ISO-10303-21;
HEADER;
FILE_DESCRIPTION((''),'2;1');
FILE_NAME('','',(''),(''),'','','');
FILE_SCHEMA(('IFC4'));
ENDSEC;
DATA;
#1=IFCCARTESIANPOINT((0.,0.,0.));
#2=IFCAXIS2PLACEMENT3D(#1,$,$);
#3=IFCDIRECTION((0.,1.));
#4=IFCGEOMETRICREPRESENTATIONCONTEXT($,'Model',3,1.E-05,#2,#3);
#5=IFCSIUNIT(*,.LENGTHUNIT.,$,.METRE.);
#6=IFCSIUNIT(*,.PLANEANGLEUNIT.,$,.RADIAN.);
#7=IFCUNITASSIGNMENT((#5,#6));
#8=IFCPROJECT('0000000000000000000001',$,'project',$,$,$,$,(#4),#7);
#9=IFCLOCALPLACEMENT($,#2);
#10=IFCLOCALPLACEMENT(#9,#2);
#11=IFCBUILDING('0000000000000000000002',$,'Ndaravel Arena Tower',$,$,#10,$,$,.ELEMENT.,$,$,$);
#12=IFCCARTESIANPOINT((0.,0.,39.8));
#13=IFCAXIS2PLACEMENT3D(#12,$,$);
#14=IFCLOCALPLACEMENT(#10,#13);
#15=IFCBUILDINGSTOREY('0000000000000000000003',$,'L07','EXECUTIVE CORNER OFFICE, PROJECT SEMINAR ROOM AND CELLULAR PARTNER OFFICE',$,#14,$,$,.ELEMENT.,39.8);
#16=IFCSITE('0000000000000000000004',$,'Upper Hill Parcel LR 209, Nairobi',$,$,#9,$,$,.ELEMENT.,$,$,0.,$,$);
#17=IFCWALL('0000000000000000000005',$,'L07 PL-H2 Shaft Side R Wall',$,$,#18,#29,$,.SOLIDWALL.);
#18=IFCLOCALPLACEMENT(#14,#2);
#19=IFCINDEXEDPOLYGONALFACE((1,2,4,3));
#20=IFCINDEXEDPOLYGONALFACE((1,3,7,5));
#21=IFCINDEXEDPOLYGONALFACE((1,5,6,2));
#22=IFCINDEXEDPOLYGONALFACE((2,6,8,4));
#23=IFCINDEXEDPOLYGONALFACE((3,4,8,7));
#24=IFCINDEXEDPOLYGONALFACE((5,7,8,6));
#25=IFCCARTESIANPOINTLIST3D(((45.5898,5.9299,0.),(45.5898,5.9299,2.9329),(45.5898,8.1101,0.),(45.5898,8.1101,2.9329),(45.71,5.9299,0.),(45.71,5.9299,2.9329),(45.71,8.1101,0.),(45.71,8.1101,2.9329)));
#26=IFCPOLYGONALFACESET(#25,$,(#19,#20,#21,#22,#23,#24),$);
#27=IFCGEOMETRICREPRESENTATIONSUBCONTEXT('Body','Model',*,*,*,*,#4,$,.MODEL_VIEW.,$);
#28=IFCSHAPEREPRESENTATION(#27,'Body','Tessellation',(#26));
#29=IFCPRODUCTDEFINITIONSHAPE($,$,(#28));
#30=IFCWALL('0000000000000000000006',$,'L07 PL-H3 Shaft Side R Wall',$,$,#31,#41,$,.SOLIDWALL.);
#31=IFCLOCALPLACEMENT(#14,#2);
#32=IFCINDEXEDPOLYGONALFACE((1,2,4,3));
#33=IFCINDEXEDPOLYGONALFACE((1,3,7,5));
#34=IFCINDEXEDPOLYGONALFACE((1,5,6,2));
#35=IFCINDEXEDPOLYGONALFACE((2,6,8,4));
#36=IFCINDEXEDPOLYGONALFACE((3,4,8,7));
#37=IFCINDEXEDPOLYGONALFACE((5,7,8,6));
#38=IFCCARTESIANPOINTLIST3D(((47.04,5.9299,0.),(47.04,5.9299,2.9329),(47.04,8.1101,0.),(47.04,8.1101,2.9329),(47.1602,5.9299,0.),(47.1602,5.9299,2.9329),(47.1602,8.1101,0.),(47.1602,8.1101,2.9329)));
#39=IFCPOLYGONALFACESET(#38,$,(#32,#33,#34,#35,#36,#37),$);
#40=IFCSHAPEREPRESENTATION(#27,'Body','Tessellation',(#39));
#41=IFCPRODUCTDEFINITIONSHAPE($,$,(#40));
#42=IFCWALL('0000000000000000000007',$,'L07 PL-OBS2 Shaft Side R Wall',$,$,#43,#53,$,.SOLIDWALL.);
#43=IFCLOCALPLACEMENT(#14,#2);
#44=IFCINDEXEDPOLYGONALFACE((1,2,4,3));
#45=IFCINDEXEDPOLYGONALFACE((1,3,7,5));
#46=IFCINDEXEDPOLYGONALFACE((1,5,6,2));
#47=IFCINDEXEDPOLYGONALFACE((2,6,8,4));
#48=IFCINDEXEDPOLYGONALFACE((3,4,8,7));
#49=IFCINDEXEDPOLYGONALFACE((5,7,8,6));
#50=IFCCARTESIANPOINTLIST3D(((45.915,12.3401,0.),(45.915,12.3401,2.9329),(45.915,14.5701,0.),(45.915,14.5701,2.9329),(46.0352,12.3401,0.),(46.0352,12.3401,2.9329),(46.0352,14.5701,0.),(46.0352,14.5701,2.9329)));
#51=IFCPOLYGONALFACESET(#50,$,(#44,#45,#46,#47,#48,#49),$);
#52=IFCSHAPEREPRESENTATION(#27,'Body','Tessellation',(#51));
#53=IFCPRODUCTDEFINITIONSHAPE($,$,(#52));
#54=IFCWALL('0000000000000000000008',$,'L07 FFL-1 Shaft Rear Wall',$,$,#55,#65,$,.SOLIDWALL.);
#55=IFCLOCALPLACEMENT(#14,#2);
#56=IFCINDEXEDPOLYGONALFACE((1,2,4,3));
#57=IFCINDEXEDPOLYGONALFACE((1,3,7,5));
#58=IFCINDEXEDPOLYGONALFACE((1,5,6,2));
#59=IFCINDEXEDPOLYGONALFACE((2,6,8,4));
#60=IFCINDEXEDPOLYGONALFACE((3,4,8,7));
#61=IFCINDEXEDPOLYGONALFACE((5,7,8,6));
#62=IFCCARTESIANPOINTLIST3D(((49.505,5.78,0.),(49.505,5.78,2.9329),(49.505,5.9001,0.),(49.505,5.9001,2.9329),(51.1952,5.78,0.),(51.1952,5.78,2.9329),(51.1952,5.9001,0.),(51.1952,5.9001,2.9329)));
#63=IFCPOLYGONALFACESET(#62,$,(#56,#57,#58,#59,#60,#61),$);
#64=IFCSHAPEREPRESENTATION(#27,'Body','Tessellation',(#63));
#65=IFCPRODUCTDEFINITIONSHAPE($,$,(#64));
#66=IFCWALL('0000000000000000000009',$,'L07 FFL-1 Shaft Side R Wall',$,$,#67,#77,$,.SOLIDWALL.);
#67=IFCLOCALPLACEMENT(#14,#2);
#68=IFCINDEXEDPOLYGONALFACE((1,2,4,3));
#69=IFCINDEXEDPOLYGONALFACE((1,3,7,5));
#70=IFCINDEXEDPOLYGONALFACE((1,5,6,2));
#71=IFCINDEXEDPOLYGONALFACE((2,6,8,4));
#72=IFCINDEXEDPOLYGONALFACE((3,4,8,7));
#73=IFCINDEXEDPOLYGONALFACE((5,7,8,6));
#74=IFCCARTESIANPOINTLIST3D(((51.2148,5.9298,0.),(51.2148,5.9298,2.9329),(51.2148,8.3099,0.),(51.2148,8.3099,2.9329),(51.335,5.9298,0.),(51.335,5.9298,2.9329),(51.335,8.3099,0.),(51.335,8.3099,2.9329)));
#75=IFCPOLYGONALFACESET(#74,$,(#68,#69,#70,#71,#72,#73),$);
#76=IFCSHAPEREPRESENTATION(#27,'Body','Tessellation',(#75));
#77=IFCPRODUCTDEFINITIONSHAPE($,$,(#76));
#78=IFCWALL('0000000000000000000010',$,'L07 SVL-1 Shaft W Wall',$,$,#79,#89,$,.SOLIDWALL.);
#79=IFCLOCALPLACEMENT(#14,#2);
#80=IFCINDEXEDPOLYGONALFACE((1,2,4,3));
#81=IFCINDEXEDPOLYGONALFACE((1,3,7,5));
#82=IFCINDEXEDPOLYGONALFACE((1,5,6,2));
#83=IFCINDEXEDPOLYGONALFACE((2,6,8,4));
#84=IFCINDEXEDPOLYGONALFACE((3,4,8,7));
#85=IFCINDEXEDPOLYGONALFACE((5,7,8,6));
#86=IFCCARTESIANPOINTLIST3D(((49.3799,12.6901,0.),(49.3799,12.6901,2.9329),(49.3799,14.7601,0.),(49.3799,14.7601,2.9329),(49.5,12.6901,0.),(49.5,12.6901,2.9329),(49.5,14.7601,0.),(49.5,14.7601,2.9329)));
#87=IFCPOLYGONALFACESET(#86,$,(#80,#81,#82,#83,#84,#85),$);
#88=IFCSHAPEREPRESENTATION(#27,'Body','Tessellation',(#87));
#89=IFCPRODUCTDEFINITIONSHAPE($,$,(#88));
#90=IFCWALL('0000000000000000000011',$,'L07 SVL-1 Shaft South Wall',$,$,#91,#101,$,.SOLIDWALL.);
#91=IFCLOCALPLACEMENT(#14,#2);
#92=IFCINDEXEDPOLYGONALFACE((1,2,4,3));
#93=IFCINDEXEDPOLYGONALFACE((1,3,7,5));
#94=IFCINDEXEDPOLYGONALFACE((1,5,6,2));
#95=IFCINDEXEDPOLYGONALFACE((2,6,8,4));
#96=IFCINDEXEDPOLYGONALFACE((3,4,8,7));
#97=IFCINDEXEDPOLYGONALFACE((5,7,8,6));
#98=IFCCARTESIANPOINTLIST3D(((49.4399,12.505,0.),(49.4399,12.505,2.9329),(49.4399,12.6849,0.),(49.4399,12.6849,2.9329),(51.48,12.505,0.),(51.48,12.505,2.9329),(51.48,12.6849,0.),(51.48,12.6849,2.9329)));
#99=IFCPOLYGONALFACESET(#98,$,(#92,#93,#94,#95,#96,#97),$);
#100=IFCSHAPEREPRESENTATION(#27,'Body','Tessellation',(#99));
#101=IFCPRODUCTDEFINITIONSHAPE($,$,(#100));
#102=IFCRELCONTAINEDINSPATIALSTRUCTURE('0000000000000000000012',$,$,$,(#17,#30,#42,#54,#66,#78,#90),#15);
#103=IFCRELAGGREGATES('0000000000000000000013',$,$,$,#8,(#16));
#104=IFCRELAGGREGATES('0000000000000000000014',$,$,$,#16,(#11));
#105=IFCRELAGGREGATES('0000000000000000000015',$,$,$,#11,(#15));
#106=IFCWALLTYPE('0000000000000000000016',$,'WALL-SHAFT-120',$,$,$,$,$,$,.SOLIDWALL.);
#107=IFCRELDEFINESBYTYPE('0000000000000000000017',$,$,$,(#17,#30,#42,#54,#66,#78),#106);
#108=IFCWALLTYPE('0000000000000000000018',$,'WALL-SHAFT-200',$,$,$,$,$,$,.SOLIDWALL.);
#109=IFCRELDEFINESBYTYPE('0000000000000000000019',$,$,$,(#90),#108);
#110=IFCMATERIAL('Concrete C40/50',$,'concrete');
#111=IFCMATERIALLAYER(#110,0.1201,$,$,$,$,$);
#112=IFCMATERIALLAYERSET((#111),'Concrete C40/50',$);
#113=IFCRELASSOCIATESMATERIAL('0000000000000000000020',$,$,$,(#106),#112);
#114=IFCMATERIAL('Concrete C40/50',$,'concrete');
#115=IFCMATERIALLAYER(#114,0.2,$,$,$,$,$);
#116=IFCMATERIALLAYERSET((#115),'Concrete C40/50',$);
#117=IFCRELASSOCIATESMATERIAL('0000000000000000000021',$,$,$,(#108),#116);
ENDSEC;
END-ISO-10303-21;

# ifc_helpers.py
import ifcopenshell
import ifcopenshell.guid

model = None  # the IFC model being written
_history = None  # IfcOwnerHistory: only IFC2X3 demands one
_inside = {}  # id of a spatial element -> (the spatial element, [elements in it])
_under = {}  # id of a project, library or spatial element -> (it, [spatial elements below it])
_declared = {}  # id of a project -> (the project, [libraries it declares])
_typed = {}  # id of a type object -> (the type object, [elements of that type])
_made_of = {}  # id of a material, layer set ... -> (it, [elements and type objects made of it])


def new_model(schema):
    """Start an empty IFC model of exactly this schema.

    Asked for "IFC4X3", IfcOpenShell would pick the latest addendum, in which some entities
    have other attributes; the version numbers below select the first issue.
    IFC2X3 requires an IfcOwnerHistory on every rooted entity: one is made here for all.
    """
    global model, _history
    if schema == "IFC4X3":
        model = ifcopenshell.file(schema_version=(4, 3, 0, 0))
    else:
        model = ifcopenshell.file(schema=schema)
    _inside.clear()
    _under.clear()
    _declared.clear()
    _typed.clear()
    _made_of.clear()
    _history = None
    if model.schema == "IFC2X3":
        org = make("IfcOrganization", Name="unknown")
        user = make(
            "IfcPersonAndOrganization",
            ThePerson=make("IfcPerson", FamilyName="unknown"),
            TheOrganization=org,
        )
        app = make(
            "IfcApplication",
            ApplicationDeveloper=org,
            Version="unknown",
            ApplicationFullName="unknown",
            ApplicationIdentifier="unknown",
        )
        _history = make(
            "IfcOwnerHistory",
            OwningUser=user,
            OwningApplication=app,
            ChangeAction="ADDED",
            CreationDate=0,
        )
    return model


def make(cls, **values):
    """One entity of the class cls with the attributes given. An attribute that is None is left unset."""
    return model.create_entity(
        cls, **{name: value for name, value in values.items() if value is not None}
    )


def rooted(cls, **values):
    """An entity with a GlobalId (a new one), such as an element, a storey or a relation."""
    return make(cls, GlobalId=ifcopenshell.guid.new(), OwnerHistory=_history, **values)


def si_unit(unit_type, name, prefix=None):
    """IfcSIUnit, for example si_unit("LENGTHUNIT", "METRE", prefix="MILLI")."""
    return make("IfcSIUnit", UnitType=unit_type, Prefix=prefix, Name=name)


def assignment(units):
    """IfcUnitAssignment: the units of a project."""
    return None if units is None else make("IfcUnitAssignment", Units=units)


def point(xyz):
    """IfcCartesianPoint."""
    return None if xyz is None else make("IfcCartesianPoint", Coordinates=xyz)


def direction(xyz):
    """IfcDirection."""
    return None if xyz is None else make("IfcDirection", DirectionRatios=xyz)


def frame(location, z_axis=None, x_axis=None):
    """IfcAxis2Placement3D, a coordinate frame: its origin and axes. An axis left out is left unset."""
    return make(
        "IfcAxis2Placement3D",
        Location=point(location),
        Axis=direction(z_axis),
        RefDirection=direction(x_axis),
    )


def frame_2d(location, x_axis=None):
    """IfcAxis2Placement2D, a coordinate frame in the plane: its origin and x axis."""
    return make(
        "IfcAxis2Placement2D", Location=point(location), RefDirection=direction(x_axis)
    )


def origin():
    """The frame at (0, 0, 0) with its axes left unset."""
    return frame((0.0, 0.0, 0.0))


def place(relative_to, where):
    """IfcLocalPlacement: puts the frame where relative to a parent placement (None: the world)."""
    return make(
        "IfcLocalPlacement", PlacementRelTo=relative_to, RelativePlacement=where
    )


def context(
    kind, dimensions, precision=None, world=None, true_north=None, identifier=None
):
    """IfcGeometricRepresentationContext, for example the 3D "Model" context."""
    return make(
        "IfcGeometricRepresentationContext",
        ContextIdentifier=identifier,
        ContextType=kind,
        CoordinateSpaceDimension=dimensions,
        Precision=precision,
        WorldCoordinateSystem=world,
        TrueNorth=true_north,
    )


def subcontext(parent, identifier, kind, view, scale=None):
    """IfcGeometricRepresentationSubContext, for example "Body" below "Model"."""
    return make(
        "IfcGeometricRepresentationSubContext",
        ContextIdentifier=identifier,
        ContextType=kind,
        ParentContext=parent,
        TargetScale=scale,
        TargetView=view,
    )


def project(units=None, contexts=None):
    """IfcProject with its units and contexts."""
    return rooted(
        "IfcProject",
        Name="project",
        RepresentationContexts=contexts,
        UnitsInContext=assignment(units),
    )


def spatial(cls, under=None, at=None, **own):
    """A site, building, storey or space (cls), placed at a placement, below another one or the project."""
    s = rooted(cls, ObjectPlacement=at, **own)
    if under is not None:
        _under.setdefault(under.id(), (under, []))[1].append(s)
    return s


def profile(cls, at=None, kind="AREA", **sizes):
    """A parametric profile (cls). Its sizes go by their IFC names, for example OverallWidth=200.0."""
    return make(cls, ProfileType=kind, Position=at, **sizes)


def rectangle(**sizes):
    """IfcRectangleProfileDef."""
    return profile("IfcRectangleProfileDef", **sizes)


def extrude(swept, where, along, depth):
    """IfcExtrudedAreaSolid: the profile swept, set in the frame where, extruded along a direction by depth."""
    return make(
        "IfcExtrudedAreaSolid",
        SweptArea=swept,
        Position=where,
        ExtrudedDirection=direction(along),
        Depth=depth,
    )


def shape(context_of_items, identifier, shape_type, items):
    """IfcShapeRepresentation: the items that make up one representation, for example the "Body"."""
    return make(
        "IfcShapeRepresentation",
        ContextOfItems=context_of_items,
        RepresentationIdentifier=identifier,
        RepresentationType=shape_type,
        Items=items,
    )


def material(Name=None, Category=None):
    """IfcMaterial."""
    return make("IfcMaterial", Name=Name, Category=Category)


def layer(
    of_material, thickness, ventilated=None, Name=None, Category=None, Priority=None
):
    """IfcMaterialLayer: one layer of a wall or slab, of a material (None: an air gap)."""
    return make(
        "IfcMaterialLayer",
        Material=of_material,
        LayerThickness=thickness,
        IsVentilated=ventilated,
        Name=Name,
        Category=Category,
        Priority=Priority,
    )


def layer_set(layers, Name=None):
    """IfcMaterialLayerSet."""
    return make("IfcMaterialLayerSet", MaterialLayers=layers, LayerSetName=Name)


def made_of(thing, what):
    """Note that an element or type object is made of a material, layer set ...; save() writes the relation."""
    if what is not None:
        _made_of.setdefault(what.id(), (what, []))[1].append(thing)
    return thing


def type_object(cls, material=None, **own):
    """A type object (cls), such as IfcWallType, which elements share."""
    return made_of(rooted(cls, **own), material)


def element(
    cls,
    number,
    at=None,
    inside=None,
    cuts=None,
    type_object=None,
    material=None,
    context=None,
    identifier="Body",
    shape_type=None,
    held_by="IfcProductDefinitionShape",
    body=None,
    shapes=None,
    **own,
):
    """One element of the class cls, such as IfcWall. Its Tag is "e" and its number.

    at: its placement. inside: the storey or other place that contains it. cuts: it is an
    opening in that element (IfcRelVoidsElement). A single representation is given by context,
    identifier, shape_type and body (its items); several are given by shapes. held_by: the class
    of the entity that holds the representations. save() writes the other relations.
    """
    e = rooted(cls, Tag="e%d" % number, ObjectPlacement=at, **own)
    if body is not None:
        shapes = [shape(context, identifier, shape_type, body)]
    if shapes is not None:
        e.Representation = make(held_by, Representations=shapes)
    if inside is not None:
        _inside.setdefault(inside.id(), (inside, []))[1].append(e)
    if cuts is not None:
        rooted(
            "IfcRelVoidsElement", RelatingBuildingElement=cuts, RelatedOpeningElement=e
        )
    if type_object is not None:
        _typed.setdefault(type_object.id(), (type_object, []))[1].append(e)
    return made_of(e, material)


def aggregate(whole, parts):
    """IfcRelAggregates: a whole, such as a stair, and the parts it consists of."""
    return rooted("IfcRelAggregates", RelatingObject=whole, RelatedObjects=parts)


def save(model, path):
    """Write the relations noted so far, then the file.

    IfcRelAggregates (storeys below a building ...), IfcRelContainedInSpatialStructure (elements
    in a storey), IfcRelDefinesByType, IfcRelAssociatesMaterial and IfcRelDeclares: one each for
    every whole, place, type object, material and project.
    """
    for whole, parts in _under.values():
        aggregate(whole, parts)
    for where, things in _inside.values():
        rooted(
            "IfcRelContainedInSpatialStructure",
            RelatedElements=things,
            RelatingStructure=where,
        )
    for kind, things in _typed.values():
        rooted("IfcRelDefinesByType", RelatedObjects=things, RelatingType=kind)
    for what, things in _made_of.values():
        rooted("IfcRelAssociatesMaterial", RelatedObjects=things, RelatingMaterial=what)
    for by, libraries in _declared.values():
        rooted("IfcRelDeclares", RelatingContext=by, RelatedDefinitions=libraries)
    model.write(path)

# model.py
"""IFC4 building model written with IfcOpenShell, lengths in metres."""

from ifc_helpers import new_model, si_unit, direction, frame, frame_2d, origin, place, context, subcontext, project, spatial, rectangle, extrude, material, layer, layer_set, type_object, element, save


model = new_model("IFC4")

# Units and contexts
model_context = context("Model", 3, precision=1e-05, world=origin(), true_north=direction((0.0, 1.0)))
body_context = subcontext(model_context, "Body", "Model", "MODEL_VIEW")
ifc_project = project(units=[si_unit("LENGTHUNIT", "METRE"), si_unit("PLANEANGLEUNIT", "RADIAN")], contexts=[model_context])

# Site, building, storey
site_placement = place(None, origin())
site = spatial("IfcSite", under=ifc_project, at=site_placement, Name="Upper Hill Parcel LR 209, Nairobi", CompositionType="ELEMENT", RefElevation=0.0)
building_placement = place(site_placement, origin())
building = spatial("IfcBuilding", under=site, at=building_placement, Name="Ndaravel Arena Tower", CompositionType="ELEMENT")
storey_placement = place(building_placement, frame((0.0, 0.0, 39.8)))
storey = spatial("IfcBuildingStorey", under=building, at=storey_placement, Name="L07", Description="EXECUTIVE CORNER OFFICE, PROJECT SEMINAR ROOM AND CELLULAR PARTNER OFFICE", CompositionType="ELEMENT", Elevation=39.8)

# Walls
ifc_material_1 = material(Name="Concrete C40/50", Category="concrete")
ifc_layer_1 = layer(ifc_material_1, 0.1201)
ifc_layer_set_1 = layer_set([ifc_layer_1], Name="Concrete C40/50")
wall_type_1 = type_object("IfcWallType", Name="WALL-SHAFT-120", PredefinedType="SOLIDWALL", material=ifc_layer_set_1)
for number, where, z_axis, x_axis, name in (
    (1, (45.6499, 5.9299, 0.0), (0.0, 0.0, 1.0), (0.0, 1.0, 0.0), "L07 PL-H2 Shaft Side R Wall"),
    (2, (47.1001, 5.9299, 0.0), (0.0, 0.0, 1.0), (0.0, 1.0, 0.0), "L07 PL-H3 Shaft Side R Wall"),
):
    element("IfcWall", number, at=place(storey_placement, frame(where, z_axis=z_axis, x_axis=x_axis)), inside=storey, type_object=wall_type_1, Name=name, PredefinedType="SOLIDWALL", context=body_context, shape_type="SweptSolid", body=[
        extrude(rectangle(XDim=2.1802, YDim=0.1201, at=frame_2d((1.0901, 0.0))), origin(), (0.0, 0.0, 1.0), 2.9329),
    ])
wall_1_placement = place(storey_placement, frame((45.9751, 12.3401, 0.0), z_axis=(0.0, 0.0, 1.0), x_axis=(0.0, 1.0, 0.0)))
element("IfcWall", 3, at=wall_1_placement, inside=storey, type_object=wall_type_1, Name="L07 PL-OBS2 Shaft Side R Wall", PredefinedType="SOLIDWALL", context=body_context, shape_type="SweptSolid", body=[
    extrude(rectangle(XDim=2.23, YDim=0.1201, at=frame_2d((1.115, 0.0))), origin(), (0.0, 0.0, 1.0), 2.9329),
])
wall_2_placement = place(storey_placement, frame((49.5049, 5.8401, 0.0), z_axis=(0.0, 0.0, 1.0), x_axis=(1.0, 0.0, 0.0)))
element("IfcWall", 4, at=wall_2_placement, inside=storey, type_object=wall_type_1, Name="L07 FFL-1 Shaft Rear Wall", PredefinedType="SOLIDWALL", context=body_context, shape_type="SweptSolid", body=[
    extrude(rectangle(XDim=1.6902, YDim=0.1201, at=frame_2d((0.8452, 0.0))), origin(), (0.0, 0.0, 1.0), 2.9329),
])
wall_3_placement = place(storey_placement, frame((51.2749, 5.9299, 0.0), z_axis=(0.0, 0.0, 1.0), x_axis=(0.0, 1.0, 0.0)))
element("IfcWall", 5, at=wall_3_placement, inside=storey, type_object=wall_type_1, Name="L07 FFL-1 Shaft Side R Wall", PredefinedType="SOLIDWALL", context=body_context, shape_type="SweptSolid", body=[
    extrude(rectangle(XDim=2.3801, YDim=0.1201, at=frame_2d((1.1899, 0.0))), origin(), (0.0, 0.0, 1.0), 2.9329),
])
wall_4_placement = place(storey_placement, frame((49.4399, 12.6899, 0.0), z_axis=(0.0, 0.0, 1.0), x_axis=(0.0, 1.0, 0.0)))
element("IfcWall", 6, at=wall_4_placement, inside=storey, type_object=wall_type_1, Name="L07 SVL-1 Shaft W Wall", PredefinedType="SOLIDWALL", context=body_context, shape_type="SweptSolid", body=[
    extrude(rectangle(XDim=2.0701, YDim=0.1201, at=frame_2d((1.0352, 0.0))), origin(), (0.0, 0.0, 1.0), 2.9329),
])

# Shared definitions
ifc_material_2 = material(Name="Concrete C40/50", Category="concrete")
ifc_layer_2 = layer(ifc_material_2, 0.2)
ifc_layer_set_2 = layer_set([ifc_layer_2], Name="Concrete C40/50")
wall_type_2 = type_object("IfcWallType", Name="WALL-SHAFT-200", PredefinedType="SOLIDWALL", material=ifc_layer_set_2)

# Wall
wall_5_placement = place(storey_placement, frame((49.4399, 12.595, 0.0), z_axis=(0.0, 0.0, 1.0), x_axis=(1.0, 0.0, 0.0)))
element("IfcWall", 7, at=wall_5_placement, inside=storey, type_object=wall_type_2, Name="L07 SVL-1 Shaft South Wall", PredefinedType="SOLIDWALL", context=body_context, shape_type="SweptSolid", body=[
    extrude(rectangle(XDim=2.04, YDim=0.1799, at=frame_2d((1.02, 0.0))), origin(), (0.0, 0.0, 1.0), 2.9329),
])

save(model, "model.ifc")
